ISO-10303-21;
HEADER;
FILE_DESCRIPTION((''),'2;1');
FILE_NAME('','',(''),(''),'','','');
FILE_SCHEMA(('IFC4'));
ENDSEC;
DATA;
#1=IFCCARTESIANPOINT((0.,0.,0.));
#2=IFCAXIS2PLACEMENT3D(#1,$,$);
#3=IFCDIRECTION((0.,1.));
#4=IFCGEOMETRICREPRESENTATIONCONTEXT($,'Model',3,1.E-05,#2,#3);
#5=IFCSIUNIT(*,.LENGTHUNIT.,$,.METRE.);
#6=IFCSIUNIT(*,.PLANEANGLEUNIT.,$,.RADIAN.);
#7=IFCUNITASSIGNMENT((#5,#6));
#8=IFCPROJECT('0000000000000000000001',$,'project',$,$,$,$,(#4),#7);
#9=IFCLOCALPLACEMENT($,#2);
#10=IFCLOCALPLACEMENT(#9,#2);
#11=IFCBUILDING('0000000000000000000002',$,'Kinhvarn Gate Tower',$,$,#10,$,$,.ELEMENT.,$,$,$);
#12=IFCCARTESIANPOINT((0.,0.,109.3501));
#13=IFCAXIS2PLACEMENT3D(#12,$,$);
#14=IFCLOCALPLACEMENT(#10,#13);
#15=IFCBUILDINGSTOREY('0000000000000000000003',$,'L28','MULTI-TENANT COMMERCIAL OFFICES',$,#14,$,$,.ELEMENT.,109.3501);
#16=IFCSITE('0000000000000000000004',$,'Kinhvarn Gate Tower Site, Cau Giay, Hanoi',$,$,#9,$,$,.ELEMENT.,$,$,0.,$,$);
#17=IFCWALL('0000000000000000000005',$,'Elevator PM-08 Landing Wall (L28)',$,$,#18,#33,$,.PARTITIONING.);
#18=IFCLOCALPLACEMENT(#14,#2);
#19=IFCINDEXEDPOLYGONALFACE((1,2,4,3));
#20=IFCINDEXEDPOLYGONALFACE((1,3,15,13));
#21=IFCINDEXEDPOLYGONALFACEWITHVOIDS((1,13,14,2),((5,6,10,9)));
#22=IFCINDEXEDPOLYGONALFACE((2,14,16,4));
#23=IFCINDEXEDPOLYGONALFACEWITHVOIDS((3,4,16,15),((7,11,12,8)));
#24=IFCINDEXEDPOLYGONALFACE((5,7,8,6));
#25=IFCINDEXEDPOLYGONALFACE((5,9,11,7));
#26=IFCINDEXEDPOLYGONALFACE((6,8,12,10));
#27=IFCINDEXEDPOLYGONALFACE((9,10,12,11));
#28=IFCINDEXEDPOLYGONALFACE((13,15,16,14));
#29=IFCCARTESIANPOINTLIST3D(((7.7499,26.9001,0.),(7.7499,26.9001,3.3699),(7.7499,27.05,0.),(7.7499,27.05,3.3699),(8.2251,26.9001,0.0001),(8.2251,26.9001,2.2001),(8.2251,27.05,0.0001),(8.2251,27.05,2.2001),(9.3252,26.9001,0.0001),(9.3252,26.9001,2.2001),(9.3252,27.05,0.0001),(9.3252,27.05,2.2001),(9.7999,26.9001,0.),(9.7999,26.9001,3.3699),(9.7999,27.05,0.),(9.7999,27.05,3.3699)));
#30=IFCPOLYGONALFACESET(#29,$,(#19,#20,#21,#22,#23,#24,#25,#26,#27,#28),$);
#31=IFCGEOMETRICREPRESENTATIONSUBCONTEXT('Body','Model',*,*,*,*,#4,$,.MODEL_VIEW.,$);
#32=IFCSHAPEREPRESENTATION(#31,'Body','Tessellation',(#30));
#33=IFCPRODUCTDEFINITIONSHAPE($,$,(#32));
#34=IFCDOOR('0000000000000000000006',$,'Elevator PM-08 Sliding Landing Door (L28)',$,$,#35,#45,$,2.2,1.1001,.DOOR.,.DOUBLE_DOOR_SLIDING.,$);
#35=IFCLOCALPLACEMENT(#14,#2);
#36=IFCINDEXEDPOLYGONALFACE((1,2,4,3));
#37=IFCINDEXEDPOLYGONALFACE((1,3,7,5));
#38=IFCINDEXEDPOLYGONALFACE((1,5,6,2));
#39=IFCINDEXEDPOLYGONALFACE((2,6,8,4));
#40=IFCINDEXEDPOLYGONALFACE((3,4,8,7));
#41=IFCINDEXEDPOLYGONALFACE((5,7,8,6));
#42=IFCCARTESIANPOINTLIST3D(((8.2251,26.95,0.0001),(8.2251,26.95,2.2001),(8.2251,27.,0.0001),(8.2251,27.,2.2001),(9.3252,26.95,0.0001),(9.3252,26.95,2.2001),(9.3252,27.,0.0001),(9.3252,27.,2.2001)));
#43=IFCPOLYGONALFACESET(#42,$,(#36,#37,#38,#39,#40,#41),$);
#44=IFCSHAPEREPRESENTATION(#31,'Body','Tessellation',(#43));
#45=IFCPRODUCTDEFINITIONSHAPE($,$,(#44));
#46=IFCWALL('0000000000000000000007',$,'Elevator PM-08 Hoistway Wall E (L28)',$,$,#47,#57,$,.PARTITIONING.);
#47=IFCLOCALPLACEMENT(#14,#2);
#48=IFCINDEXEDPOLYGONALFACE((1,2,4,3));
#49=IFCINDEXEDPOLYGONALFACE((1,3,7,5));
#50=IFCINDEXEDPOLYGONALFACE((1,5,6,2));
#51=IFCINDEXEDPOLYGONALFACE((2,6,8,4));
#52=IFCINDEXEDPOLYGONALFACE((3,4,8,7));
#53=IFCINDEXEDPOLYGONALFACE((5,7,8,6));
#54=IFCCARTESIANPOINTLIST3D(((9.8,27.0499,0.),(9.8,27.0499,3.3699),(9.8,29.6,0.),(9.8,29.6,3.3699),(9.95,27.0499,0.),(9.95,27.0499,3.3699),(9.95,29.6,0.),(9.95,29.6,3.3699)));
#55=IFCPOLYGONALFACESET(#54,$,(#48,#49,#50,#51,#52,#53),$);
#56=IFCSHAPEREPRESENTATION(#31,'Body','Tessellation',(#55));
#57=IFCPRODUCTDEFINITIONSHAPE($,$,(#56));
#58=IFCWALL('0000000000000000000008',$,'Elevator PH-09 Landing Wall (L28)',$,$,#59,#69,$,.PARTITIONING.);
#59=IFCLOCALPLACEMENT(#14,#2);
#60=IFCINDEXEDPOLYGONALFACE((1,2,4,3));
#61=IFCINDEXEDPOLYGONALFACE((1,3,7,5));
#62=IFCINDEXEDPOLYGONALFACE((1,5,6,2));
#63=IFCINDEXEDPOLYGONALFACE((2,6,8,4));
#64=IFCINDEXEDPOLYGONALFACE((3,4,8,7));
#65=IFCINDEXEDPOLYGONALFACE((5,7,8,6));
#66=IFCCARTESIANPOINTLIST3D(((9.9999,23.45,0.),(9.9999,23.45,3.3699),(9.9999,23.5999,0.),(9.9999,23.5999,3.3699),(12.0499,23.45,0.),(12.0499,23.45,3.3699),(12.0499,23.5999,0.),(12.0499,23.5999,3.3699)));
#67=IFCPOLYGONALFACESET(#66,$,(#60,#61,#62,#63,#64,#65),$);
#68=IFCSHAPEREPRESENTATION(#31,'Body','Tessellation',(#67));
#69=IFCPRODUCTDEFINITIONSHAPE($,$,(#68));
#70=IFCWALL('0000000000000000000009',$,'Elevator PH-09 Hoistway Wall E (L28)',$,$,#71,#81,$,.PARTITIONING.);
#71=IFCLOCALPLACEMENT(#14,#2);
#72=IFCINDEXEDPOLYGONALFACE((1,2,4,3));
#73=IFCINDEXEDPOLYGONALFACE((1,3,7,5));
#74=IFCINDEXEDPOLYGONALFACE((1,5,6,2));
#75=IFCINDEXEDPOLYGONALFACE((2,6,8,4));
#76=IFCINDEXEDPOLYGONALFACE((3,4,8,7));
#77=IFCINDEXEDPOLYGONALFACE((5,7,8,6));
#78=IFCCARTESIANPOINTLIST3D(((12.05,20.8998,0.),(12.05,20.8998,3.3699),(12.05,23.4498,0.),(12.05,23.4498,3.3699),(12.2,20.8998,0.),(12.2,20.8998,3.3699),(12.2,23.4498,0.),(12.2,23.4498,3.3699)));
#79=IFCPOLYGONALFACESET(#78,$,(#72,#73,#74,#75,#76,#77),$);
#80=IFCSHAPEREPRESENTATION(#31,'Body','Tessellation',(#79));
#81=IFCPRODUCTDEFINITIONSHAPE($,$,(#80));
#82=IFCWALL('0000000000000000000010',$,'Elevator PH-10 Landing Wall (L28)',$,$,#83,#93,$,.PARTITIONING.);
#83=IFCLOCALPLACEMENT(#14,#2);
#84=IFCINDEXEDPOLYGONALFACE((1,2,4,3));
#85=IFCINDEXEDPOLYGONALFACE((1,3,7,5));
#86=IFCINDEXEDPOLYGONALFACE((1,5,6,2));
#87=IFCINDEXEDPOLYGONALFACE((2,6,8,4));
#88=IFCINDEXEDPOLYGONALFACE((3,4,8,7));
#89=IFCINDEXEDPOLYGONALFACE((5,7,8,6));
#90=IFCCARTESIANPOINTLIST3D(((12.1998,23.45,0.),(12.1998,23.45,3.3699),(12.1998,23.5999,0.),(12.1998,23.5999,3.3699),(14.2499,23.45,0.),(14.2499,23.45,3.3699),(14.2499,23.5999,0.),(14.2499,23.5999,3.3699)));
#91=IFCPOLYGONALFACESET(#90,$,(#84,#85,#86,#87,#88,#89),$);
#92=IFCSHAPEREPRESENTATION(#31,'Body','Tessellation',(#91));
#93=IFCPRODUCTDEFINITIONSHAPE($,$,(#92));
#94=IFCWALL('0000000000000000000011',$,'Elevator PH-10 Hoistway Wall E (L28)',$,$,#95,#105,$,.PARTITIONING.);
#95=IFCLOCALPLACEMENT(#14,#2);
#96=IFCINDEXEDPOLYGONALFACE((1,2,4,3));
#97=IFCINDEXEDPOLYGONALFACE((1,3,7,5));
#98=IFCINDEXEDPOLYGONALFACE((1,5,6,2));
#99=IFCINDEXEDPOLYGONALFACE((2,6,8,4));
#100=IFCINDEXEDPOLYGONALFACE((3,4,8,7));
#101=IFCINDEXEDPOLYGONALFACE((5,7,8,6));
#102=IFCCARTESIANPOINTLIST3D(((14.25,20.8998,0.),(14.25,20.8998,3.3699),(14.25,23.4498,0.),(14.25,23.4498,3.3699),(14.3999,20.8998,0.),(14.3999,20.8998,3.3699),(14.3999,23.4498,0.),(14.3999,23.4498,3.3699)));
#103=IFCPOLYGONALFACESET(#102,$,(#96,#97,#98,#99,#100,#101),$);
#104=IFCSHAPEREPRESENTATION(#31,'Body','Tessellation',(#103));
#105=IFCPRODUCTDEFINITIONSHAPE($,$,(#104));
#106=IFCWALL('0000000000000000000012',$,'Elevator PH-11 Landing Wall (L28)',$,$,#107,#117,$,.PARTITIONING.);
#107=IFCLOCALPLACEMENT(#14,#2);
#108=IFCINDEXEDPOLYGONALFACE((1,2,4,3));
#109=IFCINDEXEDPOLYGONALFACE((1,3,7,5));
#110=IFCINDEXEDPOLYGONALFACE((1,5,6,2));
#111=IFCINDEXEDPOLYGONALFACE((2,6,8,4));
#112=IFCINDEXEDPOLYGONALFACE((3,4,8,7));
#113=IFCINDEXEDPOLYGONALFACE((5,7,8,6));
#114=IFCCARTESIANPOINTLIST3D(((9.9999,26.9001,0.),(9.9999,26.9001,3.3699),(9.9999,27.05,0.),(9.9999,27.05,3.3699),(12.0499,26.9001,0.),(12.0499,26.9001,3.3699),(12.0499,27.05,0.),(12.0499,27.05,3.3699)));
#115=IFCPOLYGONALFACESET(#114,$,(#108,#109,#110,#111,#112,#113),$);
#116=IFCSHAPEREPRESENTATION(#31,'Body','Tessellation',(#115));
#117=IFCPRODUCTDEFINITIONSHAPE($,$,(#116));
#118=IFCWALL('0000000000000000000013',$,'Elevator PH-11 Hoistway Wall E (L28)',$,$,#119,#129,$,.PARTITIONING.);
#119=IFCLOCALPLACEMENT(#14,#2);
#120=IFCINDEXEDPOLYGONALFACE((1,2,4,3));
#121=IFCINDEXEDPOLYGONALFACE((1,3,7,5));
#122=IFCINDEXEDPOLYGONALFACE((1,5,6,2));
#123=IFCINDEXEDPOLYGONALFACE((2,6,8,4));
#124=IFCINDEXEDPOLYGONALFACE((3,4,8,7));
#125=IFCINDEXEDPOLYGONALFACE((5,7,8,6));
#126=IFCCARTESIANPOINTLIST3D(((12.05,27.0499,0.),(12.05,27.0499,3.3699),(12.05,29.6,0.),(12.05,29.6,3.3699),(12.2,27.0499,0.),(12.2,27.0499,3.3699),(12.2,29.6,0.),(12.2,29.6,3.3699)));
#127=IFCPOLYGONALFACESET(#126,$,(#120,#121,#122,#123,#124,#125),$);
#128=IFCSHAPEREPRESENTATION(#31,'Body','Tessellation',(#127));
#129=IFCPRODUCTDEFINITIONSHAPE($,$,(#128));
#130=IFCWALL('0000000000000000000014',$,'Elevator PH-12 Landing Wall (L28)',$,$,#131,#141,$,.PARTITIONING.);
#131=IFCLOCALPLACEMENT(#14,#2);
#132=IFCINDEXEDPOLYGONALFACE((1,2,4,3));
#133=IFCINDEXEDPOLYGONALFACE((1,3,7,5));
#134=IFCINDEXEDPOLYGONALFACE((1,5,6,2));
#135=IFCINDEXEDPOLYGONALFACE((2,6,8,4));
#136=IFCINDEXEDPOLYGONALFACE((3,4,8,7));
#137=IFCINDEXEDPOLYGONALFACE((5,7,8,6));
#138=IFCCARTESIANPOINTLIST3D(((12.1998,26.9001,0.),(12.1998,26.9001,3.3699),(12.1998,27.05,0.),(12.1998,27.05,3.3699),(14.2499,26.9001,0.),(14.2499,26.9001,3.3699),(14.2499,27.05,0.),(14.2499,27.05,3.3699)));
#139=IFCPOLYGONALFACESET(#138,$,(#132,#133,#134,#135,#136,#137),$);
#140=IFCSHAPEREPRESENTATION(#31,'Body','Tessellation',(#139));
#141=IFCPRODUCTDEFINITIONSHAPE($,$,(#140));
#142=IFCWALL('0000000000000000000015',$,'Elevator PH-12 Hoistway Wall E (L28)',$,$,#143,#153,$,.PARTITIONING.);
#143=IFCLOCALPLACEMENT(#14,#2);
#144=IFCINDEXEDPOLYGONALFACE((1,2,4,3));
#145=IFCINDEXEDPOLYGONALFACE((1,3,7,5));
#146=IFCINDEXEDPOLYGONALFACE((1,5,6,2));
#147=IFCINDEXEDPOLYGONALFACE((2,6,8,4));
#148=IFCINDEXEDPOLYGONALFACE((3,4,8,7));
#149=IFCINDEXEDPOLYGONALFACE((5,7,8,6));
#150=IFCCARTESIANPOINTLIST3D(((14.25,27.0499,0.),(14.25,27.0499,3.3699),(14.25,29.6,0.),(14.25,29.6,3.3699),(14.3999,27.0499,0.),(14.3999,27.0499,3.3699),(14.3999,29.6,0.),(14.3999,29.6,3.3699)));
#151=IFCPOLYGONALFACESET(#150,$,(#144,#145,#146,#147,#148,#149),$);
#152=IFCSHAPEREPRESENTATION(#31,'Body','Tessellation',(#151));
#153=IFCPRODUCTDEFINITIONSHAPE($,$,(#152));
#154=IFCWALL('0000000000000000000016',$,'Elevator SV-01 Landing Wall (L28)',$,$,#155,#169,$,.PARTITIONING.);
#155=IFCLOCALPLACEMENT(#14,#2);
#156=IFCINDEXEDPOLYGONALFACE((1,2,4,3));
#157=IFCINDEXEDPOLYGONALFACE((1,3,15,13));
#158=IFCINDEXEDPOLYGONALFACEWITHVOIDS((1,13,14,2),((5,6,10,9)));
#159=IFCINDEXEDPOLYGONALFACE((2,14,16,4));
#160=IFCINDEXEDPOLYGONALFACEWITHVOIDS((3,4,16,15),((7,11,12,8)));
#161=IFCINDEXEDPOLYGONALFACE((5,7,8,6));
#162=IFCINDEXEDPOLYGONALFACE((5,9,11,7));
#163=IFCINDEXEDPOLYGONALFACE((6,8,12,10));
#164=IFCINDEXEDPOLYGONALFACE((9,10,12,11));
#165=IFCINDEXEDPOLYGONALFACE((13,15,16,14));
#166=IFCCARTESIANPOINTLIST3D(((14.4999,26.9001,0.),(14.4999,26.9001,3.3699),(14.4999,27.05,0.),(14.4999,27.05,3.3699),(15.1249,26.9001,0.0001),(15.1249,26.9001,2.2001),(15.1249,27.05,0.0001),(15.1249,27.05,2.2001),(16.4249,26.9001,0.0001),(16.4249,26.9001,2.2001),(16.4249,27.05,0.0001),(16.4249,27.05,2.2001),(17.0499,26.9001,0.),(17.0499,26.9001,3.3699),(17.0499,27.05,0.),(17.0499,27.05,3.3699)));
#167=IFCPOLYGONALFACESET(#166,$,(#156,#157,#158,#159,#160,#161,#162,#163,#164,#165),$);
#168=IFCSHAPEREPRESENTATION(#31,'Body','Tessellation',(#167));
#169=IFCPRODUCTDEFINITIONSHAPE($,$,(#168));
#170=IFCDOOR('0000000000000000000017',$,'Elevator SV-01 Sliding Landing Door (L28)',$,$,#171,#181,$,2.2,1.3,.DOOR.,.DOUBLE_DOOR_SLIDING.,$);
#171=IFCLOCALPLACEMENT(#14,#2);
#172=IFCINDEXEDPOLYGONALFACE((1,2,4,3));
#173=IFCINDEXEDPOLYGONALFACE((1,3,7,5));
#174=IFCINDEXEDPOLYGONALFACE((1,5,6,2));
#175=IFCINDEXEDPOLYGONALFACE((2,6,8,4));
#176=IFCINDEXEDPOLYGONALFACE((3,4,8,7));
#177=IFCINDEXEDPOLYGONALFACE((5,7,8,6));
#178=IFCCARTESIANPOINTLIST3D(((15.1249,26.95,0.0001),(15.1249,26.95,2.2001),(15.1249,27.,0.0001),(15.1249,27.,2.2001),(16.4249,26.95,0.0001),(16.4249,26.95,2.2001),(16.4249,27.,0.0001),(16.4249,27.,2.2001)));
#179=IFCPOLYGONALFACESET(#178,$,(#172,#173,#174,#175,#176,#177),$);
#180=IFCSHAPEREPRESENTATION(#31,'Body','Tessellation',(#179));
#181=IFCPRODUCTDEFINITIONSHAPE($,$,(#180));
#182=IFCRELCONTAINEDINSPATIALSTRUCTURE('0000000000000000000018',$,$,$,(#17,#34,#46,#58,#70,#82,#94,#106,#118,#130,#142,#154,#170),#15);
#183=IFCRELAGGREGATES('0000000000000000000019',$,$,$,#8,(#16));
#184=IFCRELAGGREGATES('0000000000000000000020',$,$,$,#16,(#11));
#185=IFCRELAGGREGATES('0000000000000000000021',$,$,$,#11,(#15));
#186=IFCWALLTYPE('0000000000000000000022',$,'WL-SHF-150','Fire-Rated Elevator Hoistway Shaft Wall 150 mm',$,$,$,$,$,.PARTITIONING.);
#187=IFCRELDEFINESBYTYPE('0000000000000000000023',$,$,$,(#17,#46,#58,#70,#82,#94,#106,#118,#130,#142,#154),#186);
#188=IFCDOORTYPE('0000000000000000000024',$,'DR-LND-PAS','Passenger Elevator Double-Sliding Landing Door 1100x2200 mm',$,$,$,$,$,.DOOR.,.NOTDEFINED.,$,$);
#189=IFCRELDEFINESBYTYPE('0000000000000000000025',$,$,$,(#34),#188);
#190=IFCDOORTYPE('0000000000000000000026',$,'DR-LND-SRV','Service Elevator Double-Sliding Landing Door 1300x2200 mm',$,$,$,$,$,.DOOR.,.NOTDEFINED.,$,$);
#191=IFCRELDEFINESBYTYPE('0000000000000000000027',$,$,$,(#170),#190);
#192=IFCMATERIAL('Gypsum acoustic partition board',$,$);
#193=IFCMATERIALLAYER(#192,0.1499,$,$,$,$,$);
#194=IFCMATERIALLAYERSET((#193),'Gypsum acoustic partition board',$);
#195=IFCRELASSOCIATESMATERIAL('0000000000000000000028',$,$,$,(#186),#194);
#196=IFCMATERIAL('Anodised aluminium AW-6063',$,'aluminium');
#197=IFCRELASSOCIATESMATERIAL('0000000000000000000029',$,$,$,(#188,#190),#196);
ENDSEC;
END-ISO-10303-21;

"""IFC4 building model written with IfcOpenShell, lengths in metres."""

from ifc_helpers import new_model, si_unit, direction, frame, frame_2d, origin, place, context, subcontext, project, spatial, rectangle, extrude, material, layer, layer_set, type_object, element, fill, save


model = new_model("IFC4")

# Units and contexts
model_context = context("Model", 3, precision=1e-05, world=origin(), true_north=direction((0.0, 1.0)))
body_context = subcontext(model_context, "Body", "Model", "MODEL_VIEW")
ifc_project = project(units=[si_unit("LENGTHUNIT", "METRE"), si_unit("PLANEANGLEUNIT", "RADIAN")], contexts=[model_context])

# Site, building, storey
site_placement = place(None, origin())
site = spatial("IfcSite", under=ifc_project, at=site_placement, Name="Kinhvarn Gate Tower Site, Cau Giay, Hanoi", CompositionType="ELEMENT", RefElevation=0.0)
building_placement = place(site_placement, origin())
building = spatial("IfcBuilding", under=site, at=building_placement, Name="Kinhvarn Gate Tower", CompositionType="ELEMENT")
storey_placement = place(building_placement, frame((0.0, 0.0, 109.3501)))
storey = spatial("IfcBuildingStorey", under=building, at=storey_placement, Name="L28", Description="MULTI-TENANT COMMERCIAL OFFICES", CompositionType="ELEMENT", Elevation=109.3501)

# Shared definitions
ifc_material_1 = material(Name="Gypsum acoustic partition board")
ifc_material_2 = material(Name="Anodised aluminium AW-6063", Category="aluminium")

# Shared definitions
ifc_layer_1 = layer(ifc_material_1, 0.1499)
ifc_layer_set_1 = layer_set([ifc_layer_1], Name="Gypsum acoustic partition board")
wall_type_1 = type_object("IfcWallType", Name="WL-SHF-150", Description="Fire-Rated Elevator Hoistway Shaft Wall 150 mm", PredefinedType="PARTITIONING", material=ifc_layer_set_1)
door_type_1 = type_object("IfcDoorType", Name="DR-LND-PAS", Description="Passenger Elevator Double-Sliding Landing Door 1100x2200 mm", OperationType="NOTDEFINED", PredefinedType="DOOR", material=ifc_material_2)

# Wall, opening, door
wall_1_placement = place(storey_placement, frame((7.75, 26.9751, 0.0), z_axis=(0.0, 0.0, 1.0), x_axis=(1.0, 0.0, 0.0)))
wall_1 = element("IfcWall", 1, at=wall_1_placement, inside=storey, type_object=wall_type_1, Name="Elevator PM-08 Landing Wall (L28)", PredefinedType="PARTITIONING", context=body_context, shape_type="SweptSolid", body=[
    extrude(rectangle(XDim=2.05, YDim=0.1499, at=frame_2d((1.0249, 0.0))), origin(), (0.0, 0.0, 1.0), 3.3699),
])
opening_1_placement = place(wall_1_placement, frame((0.4751, 0.0, 0.0)))
opening_1 = element("IfcOpeningElement", 2, at=opening_1_placement, cuts=wall_1, PredefinedType="OPENING", context=body_context, shape_type="SweptSolid", body=[
    extrude(rectangle(XDim=1.1001, YDim=2.2, at=frame_2d((0.55, 1.1001))), frame((0.0, 0.085, 0.0), z_axis=(0.0, -1.0, 0.0), x_axis=(1.0, 0.0, 0.0)), (0.0, 0.0, 1.0), 0.1699),
])
door_1_placement = place(opening_1_placement, origin())
door_1 = element("IfcDoor", 3, at=door_1_placement, inside=storey, type_object=door_type_1, Name="Elevator PM-08 Sliding Landing Door (L28)", OperationType="DOUBLE_DOOR_SLIDING", OverallHeight=2.2, OverallWidth=1.1001, PredefinedType="DOOR", context=body_context, shape_type="SweptSolid", body=[
    extrude(rectangle(XDim=1.1001, YDim=2.2, at=frame_2d((0.55, 1.1001))), frame((0.0, 0.0249, 0.0), z_axis=(0.0, -1.0, 0.0), x_axis=(1.0, 0.0, 0.0)), (0.0, 0.0, 1.0), 0.05),
])
fill(opening_1, door_1)

# Walls
wall_2_placement = place(storey_placement, frame((9.875, 27.05, 0.0), z_axis=(0.0, 0.0, 1.0), x_axis=(0.0, 1.0, 0.0)))
element("IfcWall", 4, at=wall_2_placement, inside=storey, type_object=wall_type_1, Name="Elevator PM-08 Hoistway Wall E (L28)", PredefinedType="PARTITIONING", context=body_context, shape_type="SweptSolid", body=[
    extrude(rectangle(XDim=2.55, YDim=0.1499, at=frame_2d((1.2749, 0.0))), origin(), (0.0, 0.0, 1.0), 3.3699),
])
wall_3_placement = place(storey_placement, frame((10.0, 23.5249, 0.0), z_axis=(0.0, 0.0, 1.0), x_axis=(1.0, 0.0, 0.0)))
element("IfcWall", 5, at=wall_3_placement, inside=storey, type_object=wall_type_1, Name="Elevator PH-09 Landing Wall (L28)", PredefinedType="PARTITIONING", context=body_context, shape_type="SweptSolid", body=[
    extrude(rectangle(XDim=2.05, YDim=0.1499, at=frame_2d((1.0249, 0.0))), origin(), (0.0, 0.0, 1.0), 3.3699),
])
wall_4_placement = place(storey_placement, frame((12.125, 20.8999, 0.0), z_axis=(0.0, 0.0, 1.0), x_axis=(0.0, 1.0, 0.0)))
element("IfcWall", 6, at=wall_4_placement, inside=storey, type_object=wall_type_1, Name="Elevator PH-09 Hoistway Wall E (L28)", PredefinedType="PARTITIONING", context=body_context, shape_type="SweptSolid", body=[
    extrude(rectangle(XDim=2.55, YDim=0.1499, at=frame_2d((1.2749, 0.0))), origin(), (0.0, 0.0, 1.0), 3.3699),
])
wall_5_placement = place(storey_placement, frame((12.2, 23.5249, 0.0), z_axis=(0.0, 0.0, 1.0), x_axis=(1.0, 0.0, 0.0)))
element("IfcWall", 7, at=wall_5_placement, inside=storey, type_object=wall_type_1, Name="Elevator PH-10 Landing Wall (L28)", PredefinedType="PARTITIONING", context=body_context, shape_type="SweptSolid", body=[
    extrude(rectangle(XDim=2.05, YDim=0.1499, at=frame_2d((1.0249, 0.0))), origin(), (0.0, 0.0, 1.0), 3.3699),
])
wall_6_placement = place(storey_placement, frame((14.325, 20.8999, 0.0), z_axis=(0.0, 0.0, 1.0), x_axis=(0.0, 1.0, 0.0)))
element("IfcWall", 8, at=wall_6_placement, inside=storey, type_object=wall_type_1, Name="Elevator PH-10 Hoistway Wall E (L28)", PredefinedType="PARTITIONING", context=body_context, shape_type="SweptSolid", body=[
    extrude(rectangle(XDim=2.55, YDim=0.1499, at=frame_2d((1.2749, 0.0))), origin(), (0.0, 0.0, 1.0), 3.3699),
])
wall_7_placement = place(storey_placement, frame((10.0, 26.9751, 0.0), z_axis=(0.0, 0.0, 1.0), x_axis=(1.0, 0.0, 0.0)))
element("IfcWall", 9, at=wall_7_placement, inside=storey, type_object=wall_type_1, Name="Elevator PH-11 Landing Wall (L28)", PredefinedType="PARTITIONING", context=body_context, shape_type="SweptSolid", body=[
    extrude(rectangle(XDim=2.05, YDim=0.1499, at=frame_2d((1.0249, 0.0))), origin(), (0.0, 0.0, 1.0), 3.3699),
])
wall_8_placement = place(storey_placement, frame((12.125, 27.05, 0.0), z_axis=(0.0, 0.0, 1.0), x_axis=(0.0, 1.0, 0.0)))
element("IfcWall", 10, at=wall_8_placement, inside=storey, type_object=wall_type_1, Name="Elevator PH-11 Hoistway Wall E (L28)", PredefinedType="PARTITIONING", context=body_context, shape_type="SweptSolid", body=[
    extrude(rectangle(XDim=2.55, YDim=0.1499, at=frame_2d((1.2749, 0.0))), origin(), (0.0, 0.0, 1.0), 3.3699),
])
wall_9_placement = place(storey_placement, frame((12.2, 26.9751, 0.0), z_axis=(0.0, 0.0, 1.0), x_axis=(1.0, 0.0, 0.0)))
element("IfcWall", 11, at=wall_9_placement, inside=storey, type_object=wall_type_1, Name="Elevator PH-12 Landing Wall (L28)", PredefinedType="PARTITIONING", context=body_context, shape_type="SweptSolid", body=[
    extrude(rectangle(XDim=2.05, YDim=0.1499, at=frame_2d((1.0249, 0.0))), origin(), (0.0, 0.0, 1.0), 3.3699),
])
wall_10_placement = place(storey_placement, frame((14.325, 27.05, 0.0), z_axis=(0.0, 0.0, 1.0), x_axis=(0.0, 1.0, 0.0)))
element("IfcWall", 12, at=wall_10_placement, inside=storey, type_object=wall_type_1, Name="Elevator PH-12 Hoistway Wall E (L28)", PredefinedType="PARTITIONING", context=body_context, shape_type="SweptSolid", body=[
    extrude(rectangle(XDim=2.55, YDim=0.1499, at=frame_2d((1.2749, 0.0))), origin(), (0.0, 0.0, 1.0), 3.3699),
])

# Wall, opening, door
wall_11_placement = place(storey_placement, frame((14.5, 26.9751, 0.0), z_axis=(0.0, 0.0, 1.0), x_axis=(1.0, 0.0, 0.0)))
wall_11 = element("IfcWall", 13, at=wall_11_placement, inside=storey, type_object=wall_type_1, Name="Elevator SV-01 Landing Wall (L28)", PredefinedType="PARTITIONING", context=body_context, shape_type="SweptSolid", body=[
    extrude(rectangle(XDim=2.55, YDim=0.1499, at=frame_2d((1.2749, 0.0))), origin(), (0.0, 0.0, 1.0), 3.3699),
])
opening_2_placement = place(wall_11_placement, frame((0.625, 0.0, 0.0)))
opening_2 = element("IfcOpeningElement", 14, at=opening_2_placement, cuts=wall_11, PredefinedType="OPENING", context=body_context, shape_type="SweptSolid", body=[
    extrude(rectangle(XDim=1.3, YDim=2.2, at=frame_2d((0.6499, 1.1001))), frame((0.0, 0.085, 0.0), z_axis=(0.0, -1.0, 0.0), x_axis=(1.0, 0.0, 0.0)), (0.0, 0.0, 1.0), 0.1699),
])
door_type_2 = type_object("IfcDoorType", Name="DR-LND-SRV", Description="Service Elevator Double-Sliding Landing Door 1300x2200 mm", OperationType="NOTDEFINED", PredefinedType="DOOR", material=ifc_material_2)
door_2_placement = place(opening_2_placement, origin())
door_2 = element("IfcDoor", 15, at=door_2_placement, inside=storey, type_object=door_type_2, Name="Elevator SV-01 Sliding Landing Door (L28)", OperationType="DOUBLE_DOOR_SLIDING", OverallHeight=2.2, OverallWidth=1.3, PredefinedType="DOOR", context=body_context, shape_type="SweptSolid", body=[
    extrude(rectangle(XDim=1.3, YDim=2.2, at=frame_2d((0.6499, 1.1001))), frame((0.0, 0.0249, 0.0), z_axis=(0.0, -1.0, 0.0), x_axis=(1.0, 0.0, 0.0)), (0.0, 0.0, 1.0), 0.05),
])
fill(opening_2, door_2)

save(model, "model.ifc")
